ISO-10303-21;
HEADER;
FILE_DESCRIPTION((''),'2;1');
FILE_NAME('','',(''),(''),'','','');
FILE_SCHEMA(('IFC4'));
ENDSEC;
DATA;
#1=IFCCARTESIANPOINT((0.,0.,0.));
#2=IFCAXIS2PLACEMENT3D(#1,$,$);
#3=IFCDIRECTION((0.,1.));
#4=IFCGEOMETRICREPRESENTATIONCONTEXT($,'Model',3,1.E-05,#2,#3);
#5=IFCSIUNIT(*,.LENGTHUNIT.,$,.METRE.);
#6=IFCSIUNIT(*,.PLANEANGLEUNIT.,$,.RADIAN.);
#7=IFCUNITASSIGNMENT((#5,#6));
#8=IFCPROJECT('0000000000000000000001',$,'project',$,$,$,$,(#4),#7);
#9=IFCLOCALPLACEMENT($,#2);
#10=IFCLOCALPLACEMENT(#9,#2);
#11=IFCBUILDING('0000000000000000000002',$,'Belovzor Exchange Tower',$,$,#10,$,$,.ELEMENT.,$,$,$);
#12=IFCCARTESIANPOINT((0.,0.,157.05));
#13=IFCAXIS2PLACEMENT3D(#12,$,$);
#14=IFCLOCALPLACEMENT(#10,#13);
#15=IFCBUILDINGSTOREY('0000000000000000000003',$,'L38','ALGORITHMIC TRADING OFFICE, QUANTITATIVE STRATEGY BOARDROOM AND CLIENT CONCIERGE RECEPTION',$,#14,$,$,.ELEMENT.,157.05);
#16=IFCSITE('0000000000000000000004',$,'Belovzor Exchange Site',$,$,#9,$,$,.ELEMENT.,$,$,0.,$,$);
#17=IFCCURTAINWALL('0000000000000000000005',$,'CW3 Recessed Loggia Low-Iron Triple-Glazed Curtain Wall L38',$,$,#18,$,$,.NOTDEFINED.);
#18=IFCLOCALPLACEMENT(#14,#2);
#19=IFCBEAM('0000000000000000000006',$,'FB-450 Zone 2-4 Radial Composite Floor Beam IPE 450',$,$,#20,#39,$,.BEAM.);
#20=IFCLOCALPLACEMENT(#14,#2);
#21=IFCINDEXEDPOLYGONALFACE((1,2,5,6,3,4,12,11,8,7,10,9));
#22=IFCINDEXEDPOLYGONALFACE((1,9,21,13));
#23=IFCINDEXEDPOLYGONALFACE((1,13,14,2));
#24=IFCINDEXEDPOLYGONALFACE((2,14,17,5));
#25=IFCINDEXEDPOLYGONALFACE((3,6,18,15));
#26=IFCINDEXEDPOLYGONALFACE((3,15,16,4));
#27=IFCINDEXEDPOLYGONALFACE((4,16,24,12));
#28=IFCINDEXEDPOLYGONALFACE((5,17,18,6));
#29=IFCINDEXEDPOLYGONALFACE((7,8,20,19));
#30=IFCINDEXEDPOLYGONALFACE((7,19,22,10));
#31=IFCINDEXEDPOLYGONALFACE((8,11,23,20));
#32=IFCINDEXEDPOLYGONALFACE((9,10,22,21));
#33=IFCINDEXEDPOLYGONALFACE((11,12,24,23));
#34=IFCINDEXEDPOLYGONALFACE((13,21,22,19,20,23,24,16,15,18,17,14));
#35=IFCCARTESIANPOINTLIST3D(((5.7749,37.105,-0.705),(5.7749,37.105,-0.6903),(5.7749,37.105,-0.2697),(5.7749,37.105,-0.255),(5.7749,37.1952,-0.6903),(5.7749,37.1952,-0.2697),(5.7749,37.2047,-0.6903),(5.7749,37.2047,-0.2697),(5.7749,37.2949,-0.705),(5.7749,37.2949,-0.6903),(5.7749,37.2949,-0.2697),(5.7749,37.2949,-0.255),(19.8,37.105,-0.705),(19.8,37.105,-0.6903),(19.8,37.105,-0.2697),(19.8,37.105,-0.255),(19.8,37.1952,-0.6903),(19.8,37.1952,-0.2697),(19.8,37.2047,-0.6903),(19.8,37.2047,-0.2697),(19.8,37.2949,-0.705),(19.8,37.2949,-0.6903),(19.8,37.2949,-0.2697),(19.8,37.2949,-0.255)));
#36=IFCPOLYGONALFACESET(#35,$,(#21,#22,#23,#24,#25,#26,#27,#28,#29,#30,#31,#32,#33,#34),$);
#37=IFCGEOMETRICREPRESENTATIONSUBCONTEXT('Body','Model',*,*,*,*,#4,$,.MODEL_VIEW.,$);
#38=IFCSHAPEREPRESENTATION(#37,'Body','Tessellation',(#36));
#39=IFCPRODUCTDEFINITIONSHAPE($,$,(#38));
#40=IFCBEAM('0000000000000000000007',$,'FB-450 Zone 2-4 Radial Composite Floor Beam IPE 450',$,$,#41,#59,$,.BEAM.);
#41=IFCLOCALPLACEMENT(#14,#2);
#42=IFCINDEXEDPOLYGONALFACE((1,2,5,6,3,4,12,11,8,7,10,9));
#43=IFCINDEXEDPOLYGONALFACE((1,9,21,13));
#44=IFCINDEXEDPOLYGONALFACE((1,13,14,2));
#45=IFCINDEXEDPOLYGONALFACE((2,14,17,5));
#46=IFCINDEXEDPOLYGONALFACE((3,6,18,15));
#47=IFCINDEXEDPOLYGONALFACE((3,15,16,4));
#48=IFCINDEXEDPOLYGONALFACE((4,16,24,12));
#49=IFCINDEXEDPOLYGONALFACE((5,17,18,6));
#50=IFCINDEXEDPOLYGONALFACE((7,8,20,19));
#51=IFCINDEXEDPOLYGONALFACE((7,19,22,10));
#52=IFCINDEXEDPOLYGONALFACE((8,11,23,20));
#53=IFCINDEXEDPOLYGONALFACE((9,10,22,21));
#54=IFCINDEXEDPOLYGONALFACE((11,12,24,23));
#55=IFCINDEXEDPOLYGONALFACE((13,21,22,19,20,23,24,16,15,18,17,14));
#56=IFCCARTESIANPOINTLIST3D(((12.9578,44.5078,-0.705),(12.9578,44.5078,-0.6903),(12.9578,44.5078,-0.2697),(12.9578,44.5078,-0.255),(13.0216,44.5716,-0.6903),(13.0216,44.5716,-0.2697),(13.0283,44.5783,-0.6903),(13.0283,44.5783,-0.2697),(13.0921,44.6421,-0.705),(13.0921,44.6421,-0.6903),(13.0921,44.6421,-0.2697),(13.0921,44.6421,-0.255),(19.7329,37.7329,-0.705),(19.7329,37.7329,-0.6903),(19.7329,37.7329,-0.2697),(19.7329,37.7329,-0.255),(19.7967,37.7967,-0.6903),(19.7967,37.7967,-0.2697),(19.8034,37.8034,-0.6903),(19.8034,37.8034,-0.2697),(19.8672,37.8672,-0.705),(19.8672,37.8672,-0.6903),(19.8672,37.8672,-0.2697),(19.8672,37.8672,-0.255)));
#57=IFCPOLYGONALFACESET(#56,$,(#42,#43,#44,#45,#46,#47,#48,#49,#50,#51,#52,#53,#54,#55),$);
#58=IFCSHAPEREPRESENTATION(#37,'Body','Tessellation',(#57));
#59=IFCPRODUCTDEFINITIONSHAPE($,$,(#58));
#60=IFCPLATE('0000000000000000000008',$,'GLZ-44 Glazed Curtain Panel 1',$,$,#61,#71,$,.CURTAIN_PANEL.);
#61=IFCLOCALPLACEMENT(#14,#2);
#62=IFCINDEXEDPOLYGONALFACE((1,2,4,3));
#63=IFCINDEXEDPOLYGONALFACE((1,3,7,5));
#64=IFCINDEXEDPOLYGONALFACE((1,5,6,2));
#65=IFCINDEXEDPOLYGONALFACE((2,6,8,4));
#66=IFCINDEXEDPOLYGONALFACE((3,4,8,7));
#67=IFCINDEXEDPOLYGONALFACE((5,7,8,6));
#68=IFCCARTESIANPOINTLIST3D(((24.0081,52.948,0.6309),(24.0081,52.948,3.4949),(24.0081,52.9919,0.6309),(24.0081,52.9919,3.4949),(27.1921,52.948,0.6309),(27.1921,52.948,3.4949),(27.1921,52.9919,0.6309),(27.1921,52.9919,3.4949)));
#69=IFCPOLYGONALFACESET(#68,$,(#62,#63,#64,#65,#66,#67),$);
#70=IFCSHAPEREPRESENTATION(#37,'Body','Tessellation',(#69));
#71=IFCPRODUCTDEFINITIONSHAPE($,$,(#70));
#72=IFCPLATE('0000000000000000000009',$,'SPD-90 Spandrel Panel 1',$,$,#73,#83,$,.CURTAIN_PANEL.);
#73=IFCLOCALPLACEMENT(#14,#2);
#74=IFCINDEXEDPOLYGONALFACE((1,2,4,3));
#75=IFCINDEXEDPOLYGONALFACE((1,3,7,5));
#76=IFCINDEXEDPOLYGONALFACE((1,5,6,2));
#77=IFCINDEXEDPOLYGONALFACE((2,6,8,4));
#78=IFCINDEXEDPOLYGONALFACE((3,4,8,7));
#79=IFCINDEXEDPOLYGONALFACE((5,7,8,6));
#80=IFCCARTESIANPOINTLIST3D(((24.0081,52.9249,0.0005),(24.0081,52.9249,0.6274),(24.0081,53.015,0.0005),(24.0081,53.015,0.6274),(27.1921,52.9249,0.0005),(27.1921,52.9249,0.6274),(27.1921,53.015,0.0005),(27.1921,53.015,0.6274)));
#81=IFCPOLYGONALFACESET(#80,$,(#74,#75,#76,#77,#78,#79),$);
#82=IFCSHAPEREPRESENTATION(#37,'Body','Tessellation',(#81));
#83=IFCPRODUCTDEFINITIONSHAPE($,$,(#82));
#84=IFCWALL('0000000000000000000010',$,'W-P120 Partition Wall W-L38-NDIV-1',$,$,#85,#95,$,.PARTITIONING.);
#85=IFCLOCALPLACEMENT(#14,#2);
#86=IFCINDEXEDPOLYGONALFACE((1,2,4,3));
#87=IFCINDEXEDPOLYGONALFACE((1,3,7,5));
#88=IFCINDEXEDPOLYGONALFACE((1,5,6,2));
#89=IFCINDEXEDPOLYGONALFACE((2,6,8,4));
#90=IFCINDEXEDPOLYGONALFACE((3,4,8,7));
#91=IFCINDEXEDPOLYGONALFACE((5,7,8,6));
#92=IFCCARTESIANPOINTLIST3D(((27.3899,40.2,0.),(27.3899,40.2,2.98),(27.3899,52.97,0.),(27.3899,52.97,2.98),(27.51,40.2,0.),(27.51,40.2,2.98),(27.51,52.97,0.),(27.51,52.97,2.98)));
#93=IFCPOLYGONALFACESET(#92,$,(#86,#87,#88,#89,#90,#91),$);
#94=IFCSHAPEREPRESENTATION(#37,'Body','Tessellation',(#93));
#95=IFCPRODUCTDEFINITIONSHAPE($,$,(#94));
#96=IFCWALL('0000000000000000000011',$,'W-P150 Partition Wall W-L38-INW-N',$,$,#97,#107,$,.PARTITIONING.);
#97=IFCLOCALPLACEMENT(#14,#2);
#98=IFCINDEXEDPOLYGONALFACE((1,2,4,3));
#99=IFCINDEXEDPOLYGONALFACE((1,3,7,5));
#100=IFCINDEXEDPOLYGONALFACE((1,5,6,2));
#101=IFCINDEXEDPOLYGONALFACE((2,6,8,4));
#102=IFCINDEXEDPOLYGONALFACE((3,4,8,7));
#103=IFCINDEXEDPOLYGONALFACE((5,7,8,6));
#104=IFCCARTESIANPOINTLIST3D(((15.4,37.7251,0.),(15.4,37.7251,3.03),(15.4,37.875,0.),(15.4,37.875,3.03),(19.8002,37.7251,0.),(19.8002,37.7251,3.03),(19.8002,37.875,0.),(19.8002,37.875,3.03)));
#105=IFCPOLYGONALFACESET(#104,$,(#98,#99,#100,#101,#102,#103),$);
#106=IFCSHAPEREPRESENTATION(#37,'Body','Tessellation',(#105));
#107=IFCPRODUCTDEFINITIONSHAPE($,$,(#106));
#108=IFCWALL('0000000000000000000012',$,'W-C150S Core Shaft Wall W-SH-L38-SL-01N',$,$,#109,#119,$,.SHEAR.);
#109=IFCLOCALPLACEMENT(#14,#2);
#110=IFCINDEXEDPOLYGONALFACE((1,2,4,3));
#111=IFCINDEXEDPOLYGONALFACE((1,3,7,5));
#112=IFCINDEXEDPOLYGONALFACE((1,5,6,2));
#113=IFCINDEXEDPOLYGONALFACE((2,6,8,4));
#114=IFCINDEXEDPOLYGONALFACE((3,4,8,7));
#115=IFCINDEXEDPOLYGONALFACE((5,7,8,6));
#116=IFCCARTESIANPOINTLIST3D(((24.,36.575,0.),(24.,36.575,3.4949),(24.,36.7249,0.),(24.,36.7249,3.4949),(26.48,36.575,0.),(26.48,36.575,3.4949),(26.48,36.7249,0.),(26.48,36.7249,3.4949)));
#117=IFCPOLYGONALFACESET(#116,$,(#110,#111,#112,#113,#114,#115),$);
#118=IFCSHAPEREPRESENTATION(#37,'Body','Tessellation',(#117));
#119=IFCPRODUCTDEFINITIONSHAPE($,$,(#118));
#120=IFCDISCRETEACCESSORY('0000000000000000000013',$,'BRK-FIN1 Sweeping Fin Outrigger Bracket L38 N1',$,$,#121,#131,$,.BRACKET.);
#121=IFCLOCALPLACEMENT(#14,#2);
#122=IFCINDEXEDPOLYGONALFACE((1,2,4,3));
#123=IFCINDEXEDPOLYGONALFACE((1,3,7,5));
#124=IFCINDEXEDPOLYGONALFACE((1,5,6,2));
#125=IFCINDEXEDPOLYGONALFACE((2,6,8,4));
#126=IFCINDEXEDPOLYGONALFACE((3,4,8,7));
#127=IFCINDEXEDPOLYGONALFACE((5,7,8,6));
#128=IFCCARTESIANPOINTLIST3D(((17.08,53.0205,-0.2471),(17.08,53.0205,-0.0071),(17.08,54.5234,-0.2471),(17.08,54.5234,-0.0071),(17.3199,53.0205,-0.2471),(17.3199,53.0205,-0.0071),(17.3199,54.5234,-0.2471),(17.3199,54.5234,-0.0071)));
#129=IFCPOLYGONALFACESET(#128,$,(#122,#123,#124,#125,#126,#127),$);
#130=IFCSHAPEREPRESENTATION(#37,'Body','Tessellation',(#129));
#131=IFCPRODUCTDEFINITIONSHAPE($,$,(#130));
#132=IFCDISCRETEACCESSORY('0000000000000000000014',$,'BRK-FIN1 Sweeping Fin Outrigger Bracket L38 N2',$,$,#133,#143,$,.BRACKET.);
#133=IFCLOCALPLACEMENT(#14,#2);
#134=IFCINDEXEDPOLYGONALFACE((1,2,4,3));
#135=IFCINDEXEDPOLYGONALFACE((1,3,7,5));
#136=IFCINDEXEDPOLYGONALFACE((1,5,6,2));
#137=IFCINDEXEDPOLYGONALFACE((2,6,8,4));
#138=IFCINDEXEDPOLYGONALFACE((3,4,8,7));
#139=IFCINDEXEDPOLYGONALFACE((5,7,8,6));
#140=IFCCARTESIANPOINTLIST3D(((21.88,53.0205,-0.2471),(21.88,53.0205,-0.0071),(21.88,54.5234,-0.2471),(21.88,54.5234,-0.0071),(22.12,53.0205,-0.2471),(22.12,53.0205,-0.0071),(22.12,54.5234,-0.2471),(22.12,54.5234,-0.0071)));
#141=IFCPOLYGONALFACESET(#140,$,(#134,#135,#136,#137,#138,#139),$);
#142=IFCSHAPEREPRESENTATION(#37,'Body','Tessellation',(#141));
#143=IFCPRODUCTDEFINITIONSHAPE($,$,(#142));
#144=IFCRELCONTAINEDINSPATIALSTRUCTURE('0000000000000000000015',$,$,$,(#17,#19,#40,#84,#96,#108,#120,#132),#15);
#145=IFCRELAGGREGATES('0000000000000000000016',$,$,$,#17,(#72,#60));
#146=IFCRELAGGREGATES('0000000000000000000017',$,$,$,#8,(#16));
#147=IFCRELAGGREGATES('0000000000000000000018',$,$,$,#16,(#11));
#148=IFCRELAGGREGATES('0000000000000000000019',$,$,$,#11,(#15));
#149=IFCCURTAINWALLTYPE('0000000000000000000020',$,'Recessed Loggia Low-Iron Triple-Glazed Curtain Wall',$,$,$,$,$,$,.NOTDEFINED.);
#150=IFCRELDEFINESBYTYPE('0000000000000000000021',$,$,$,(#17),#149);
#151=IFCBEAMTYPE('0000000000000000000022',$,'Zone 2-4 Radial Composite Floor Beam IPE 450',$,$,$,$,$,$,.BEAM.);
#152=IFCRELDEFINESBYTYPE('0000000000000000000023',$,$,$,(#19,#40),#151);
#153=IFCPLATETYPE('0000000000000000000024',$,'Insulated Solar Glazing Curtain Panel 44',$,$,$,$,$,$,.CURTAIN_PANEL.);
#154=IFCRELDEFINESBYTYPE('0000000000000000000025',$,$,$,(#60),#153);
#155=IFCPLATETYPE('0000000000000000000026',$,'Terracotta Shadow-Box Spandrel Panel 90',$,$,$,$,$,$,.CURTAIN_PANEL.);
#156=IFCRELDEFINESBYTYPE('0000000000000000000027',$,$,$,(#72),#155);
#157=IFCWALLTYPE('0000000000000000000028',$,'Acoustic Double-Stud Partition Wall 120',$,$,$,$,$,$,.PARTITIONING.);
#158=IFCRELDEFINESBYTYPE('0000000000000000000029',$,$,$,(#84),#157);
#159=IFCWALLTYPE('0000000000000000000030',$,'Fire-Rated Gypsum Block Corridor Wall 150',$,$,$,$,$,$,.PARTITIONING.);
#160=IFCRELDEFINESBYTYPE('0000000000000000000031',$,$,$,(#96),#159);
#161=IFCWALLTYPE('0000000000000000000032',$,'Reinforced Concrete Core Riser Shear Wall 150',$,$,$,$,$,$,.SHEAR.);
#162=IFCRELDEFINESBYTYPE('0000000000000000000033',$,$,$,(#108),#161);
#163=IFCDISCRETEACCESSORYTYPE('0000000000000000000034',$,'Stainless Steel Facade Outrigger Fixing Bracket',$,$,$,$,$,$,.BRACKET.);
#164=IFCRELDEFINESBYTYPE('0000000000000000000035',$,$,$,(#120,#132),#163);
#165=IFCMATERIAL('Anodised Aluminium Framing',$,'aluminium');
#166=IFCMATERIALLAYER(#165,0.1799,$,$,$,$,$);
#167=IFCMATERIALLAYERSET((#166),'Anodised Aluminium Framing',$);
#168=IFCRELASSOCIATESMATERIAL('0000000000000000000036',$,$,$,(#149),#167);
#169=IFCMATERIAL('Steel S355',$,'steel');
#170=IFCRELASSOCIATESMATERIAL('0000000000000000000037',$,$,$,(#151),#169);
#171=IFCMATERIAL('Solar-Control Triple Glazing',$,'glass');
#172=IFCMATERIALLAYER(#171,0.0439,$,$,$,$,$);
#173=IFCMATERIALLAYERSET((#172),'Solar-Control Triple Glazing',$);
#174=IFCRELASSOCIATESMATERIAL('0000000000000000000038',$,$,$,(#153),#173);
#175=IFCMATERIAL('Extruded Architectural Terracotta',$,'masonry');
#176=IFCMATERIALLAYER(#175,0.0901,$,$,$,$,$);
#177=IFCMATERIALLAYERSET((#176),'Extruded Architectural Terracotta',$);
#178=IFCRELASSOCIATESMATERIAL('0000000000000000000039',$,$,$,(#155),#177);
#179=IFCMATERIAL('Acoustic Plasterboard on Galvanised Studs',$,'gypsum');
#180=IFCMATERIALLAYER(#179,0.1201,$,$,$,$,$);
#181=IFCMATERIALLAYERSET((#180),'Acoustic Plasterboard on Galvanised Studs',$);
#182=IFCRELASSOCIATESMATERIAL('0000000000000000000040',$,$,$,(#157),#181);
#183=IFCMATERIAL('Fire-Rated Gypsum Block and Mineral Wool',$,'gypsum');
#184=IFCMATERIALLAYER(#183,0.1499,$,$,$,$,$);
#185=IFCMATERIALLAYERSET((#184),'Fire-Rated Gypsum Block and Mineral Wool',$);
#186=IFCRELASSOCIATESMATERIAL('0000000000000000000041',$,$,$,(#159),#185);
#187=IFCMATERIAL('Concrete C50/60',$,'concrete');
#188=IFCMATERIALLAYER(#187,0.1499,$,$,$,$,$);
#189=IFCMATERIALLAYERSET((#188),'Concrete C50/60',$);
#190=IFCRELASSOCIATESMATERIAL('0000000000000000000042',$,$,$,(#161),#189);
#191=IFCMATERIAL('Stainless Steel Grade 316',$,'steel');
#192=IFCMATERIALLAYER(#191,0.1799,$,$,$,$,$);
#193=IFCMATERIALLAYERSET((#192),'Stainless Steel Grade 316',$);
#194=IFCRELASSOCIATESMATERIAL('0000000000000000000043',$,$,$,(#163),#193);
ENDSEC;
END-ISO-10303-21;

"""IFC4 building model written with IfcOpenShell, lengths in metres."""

from ifc_helpers import new_model, si_unit, direction, frame, frame_2d, origin, origin_2d, place, context, subcontext, project, spatial, rectangle, i_section, extrude, material, layer, layer_set, material_profile, profile_set, type_object, element, aggregate, save


model = new_model("IFC4")

# Units and contexts
model_context = context("Model", 3, precision=1e-05, world=origin(), true_north=direction((0.0, 1.0)))
body_context = subcontext(model_context, "Body", "Model", "MODEL_VIEW")
ifc_project = project(units=[si_unit("LENGTHUNIT", "METRE"), si_unit("PLANEANGLEUNIT", "RADIAN")], contexts=[model_context])

# Site, building, storey
site_placement = place(None, origin())
site = spatial("IfcSite", under=ifc_project, at=site_placement, Name="Belovzor Exchange Site", CompositionType="ELEMENT", RefElevation=0.0)
building_placement = place(site_placement, origin())
building = spatial("IfcBuilding", under=site, at=building_placement, Name="Belovzor Exchange Tower", CompositionType="ELEMENT")
storey_placement = place(building_placement, frame((0.0, 0.0, 157.05)))
storey = spatial("IfcBuildingStorey", under=building, at=storey_placement, Name="L38", Description="ALGORITHMIC TRADING OFFICE, QUANTITATIVE STRATEGY BOARDROOM AND CLIENT CONCIERGE RECEPTION", CompositionType="ELEMENT", Elevation=157.05)

# Curtain wall
ifc_material_1 = material(Name="Anodised Aluminium Framing", Category="aluminium")
ifc_layer_1 = layer(ifc_material_1, 0.1799)
ifc_layer_set_1 = layer_set([ifc_layer_1], Name="Anodised Aluminium Framing")
curtain_wall_type = type_object("IfcCurtainWallType", Name="Recessed Loggia Low-Iron Triple-Glazed Curtain Wall", PredefinedType="NOTDEFINED", material=ifc_layer_set_1)
curtain_wall_placement = place(storey_placement, origin())
curtain_wall = element("IfcCurtainWall", 1, at=curtain_wall_placement, inside=storey, type_object=curtain_wall_type, Name="CW3 Recessed Loggia Low-Iron Triple-Glazed Curtain Wall L38", PredefinedType="NOTDEFINED")

# Beams
ifc_material_2 = material(Name="Steel S355", Category="steel")
ifc_material_profile_1 = material_profile(ifc_material_2, i_section(OverallWidth=0.1899, OverallDepth=0.45, WebThickness=0.0095, FlangeThickness=0.0146, at=origin_2d()))
ifc_profile_set_1 = profile_set([ifc_material_profile_1], Name="Steel S355")
beam_type_1 = type_object("IfcBeamType", Name="Zone 2-4 Radial Composite Floor Beam IPE 450", PredefinedType="BEAM", material=ifc_profile_set_1)
beam_1_placement = place(storey_placement, frame((19.8, 37.2, -0.48), z_axis=(-1.0, 0.0, 0.0), x_axis=(0.0, -1.0, 0.0)))
element("IfcBeam", 2, at=beam_1_placement, inside=storey, type_object=beam_type_1, Name="FB-450 Zone 2-4 Radial Composite Floor Beam IPE 450", PredefinedType="BEAM", context=body_context, shape_type="SweptSolid", body=[
    extrude(i_section(OverallWidth=0.1899, OverallDepth=0.45, WebThickness=0.0095, FlangeThickness=0.0146, at=origin_2d()), origin(), (0.0, 0.0, 1.0), 14.0251),
])
beam_2_placement = place(storey_placement, frame((19.8, 37.8, -0.48), z_axis=(-0.70712, 0.707094, 0.0), x_axis=(-0.707094, -0.70712, 0.0)))
element("IfcBeam", 3, at=beam_2_placement, inside=storey, type_object=beam_type_1, Name="FB-450 Zone 2-4 Radial Composite Floor Beam IPE 450", PredefinedType="BEAM", context=body_context, shape_type="SweptSolid", body=[
    extrude(i_section(OverallWidth=0.1899, OverallDepth=0.45, WebThickness=0.0095, FlangeThickness=0.0146, at=origin_2d()), origin(), (0.0, 0.0, 1.0), 9.5813),
])

# Plates
ifc_material_3 = material(Name="Solar-Control Triple Glazing", Category="glass")
ifc_layer_2 = layer(ifc_material_3, 0.0439)
ifc_layer_set_2 = layer_set([ifc_layer_2], Name="Solar-Control Triple Glazing")
plate_type_1 = type_object("IfcPlateType", Name="Insulated Solar Glazing Curtain Panel 44", PredefinedType="CURTAIN_PANEL", material=ifc_layer_set_2)
plate_1_placement = place(storey_placement, frame((25.6001, 52.97, 0.6309), z_axis=(0.0, 0.0, 1.0), x_axis=(1.0, 0.0, 0.0)))
plate_1 = element("IfcPlate", 4, at=plate_1_placement, type_object=plate_type_1, Name="GLZ-44 Glazed Curtain Panel 1", PredefinedType="CURTAIN_PANEL", context=body_context, shape_type="SweptSolid", body=[
    extrude(rectangle(XDim=3.1841, YDim=0.0439, at=origin_2d()), origin(), (0.0, 0.0, 1.0), 2.864),
])
ifc_material_4 = material(Name="Extruded Architectural Terracotta", Category="masonry")
ifc_layer_3 = layer(ifc_material_4, 0.0901)
ifc_layer_set_3 = layer_set([ifc_layer_3], Name="Extruded Architectural Terracotta")
plate_type_2 = type_object("IfcPlateType", Name="Terracotta Shadow-Box Spandrel Panel 90", PredefinedType="CURTAIN_PANEL", material=ifc_layer_set_3)
plate_2_placement = place(storey_placement, frame((25.6001, 52.97, 0.0005), z_axis=(0.0, 0.0, 1.0), x_axis=(1.0, 0.0, 0.0)))
plate_2 = element("IfcPlate", 5, at=plate_2_placement, type_object=plate_type_2, Name="SPD-90 Spandrel Panel 1", PredefinedType="CURTAIN_PANEL", context=body_context, shape_type="SweptSolid", body=[
    extrude(rectangle(XDim=3.1841, YDim=0.0901, at=origin_2d()), origin(), (0.0, 0.0, 1.0), 0.627),
])
aggregate(curtain_wall, [plate_2, plate_1])

# Walls
ifc_material_5 = material(Name="Acoustic Plasterboard on Galvanised Studs", Category="gypsum")
ifc_layer_4 = layer(ifc_material_5, 0.1201)
ifc_layer_set_4 = layer_set([ifc_layer_4], Name="Acoustic Plasterboard on Galvanised Studs")
wall_type_1 = type_object("IfcWallType", Name="Acoustic Double-Stud Partition Wall 120", PredefinedType="PARTITIONING", material=ifc_layer_set_4)
wall_1_placement = place(storey_placement, frame((27.45, 40.2, 0.0), z_axis=(0.0, 0.0, 1.0), x_axis=(0.0, 1.0, 0.0)))
element("IfcWall", 6, at=wall_1_placement, inside=storey, type_object=wall_type_1, Name="W-P120 Partition Wall W-L38-NDIV-1", PredefinedType="PARTITIONING", context=body_context, shape_type="SweptSolid", body=[
    extrude(rectangle(XDim=12.77, YDim=0.1201, at=frame_2d((6.385, 0.0))), origin(), (0.0, 0.0, 1.0), 2.98),
])
ifc_material_6 = material(Name="Fire-Rated Gypsum Block and Mineral Wool", Category="gypsum")
ifc_layer_5 = layer(ifc_material_6, 0.1499)
ifc_layer_set_5 = layer_set([ifc_layer_5], Name="Fire-Rated Gypsum Block and Mineral Wool")
wall_type_2 = type_object("IfcWallType", Name="Fire-Rated Gypsum Block Corridor Wall 150", PredefinedType="PARTITIONING", material=ifc_layer_set_5)
wall_2_placement = place(storey_placement, frame((15.3999, 37.8, 0.0), z_axis=(0.0, 0.0, 1.0), x_axis=(1.0, 0.0, 0.0)))
element("IfcWall", 7, at=wall_2_placement, inside=storey, type_object=wall_type_2, Name="W-P150 Partition Wall W-L38-INW-N", PredefinedType="PARTITIONING", context=body_context, shape_type="SweptSolid", body=[
    extrude(rectangle(XDim=4.4001, YDim=0.1499, at=frame_2d((2.2002, 0.0))), origin(), (0.0, 0.0, 1.0), 3.03),
])
ifc_material_7 = material(Name="Concrete C50/60", Category="concrete")
ifc_layer_6 = layer(ifc_material_7, 0.1499)
ifc_layer_set_6 = layer_set([ifc_layer_6], Name="Concrete C50/60")
wall_type_3 = type_object("IfcWallType", Name="Reinforced Concrete Core Riser Shear Wall 150", PredefinedType="SHEAR", material=ifc_layer_set_6)
wall_3_placement = place(storey_placement, frame((24.0, 36.6499, 0.0), z_axis=(0.0, 0.0, 1.0), x_axis=(1.0, 0.0, 0.0)))
element("IfcWall", 8, at=wall_3_placement, inside=storey, type_object=wall_type_3, Name="W-C150S Core Shaft Wall W-SH-L38-SL-01N", PredefinedType="SHEAR", context=body_context, shape_type="SweptSolid", body=[
    extrude(rectangle(XDim=2.48, YDim=0.1499, at=frame_2d((1.24, 0.0))), origin(), (0.0, 0.0, 1.0), 3.4949),
])

# Discrete accessories
ifc_material_8 = material(Name="Stainless Steel Grade 316", Category="steel")
ifc_layer_7 = layer(ifc_material_8, 0.1799)
ifc_layer_set_7 = layer_set([ifc_layer_7], Name="Stainless Steel Grade 316")
discrete_accessory_type = type_object("IfcDiscreteAccessoryType", Name="Stainless Steel Facade Outrigger Fixing Bracket", PredefinedType="BRACKET", material=ifc_layer_set_7)
for number, where, z_axis, x_axis, name in (
    (9, (17.2, 53.772, -0.2471), (0.0, 0.0, 1.0), (0.0, 1.0, 0.0), "BRK-FIN1 Sweeping Fin Outrigger Bracket L38 N1"),
    (10, (22.0, 53.772, -0.2471), (0.0, 0.0, 1.0), (0.0, 1.0, 0.0), "BRK-FIN1 Sweeping Fin Outrigger Bracket L38 N2"),
):
    element("IfcDiscreteAccessory", number, at=place(storey_placement, frame(where, z_axis=z_axis, x_axis=x_axis)), inside=storey, type_object=discrete_accessory_type, Name=name, PredefinedType="BRACKET", context=body_context, shape_type="SweptSolid", body=[
        extrude(rectangle(XDim=1.5029, YDim=0.24, at=origin_2d()), origin(), (0.0, 0.0, 1.0), 0.24),
    ])

save(model, "model.ifc")
